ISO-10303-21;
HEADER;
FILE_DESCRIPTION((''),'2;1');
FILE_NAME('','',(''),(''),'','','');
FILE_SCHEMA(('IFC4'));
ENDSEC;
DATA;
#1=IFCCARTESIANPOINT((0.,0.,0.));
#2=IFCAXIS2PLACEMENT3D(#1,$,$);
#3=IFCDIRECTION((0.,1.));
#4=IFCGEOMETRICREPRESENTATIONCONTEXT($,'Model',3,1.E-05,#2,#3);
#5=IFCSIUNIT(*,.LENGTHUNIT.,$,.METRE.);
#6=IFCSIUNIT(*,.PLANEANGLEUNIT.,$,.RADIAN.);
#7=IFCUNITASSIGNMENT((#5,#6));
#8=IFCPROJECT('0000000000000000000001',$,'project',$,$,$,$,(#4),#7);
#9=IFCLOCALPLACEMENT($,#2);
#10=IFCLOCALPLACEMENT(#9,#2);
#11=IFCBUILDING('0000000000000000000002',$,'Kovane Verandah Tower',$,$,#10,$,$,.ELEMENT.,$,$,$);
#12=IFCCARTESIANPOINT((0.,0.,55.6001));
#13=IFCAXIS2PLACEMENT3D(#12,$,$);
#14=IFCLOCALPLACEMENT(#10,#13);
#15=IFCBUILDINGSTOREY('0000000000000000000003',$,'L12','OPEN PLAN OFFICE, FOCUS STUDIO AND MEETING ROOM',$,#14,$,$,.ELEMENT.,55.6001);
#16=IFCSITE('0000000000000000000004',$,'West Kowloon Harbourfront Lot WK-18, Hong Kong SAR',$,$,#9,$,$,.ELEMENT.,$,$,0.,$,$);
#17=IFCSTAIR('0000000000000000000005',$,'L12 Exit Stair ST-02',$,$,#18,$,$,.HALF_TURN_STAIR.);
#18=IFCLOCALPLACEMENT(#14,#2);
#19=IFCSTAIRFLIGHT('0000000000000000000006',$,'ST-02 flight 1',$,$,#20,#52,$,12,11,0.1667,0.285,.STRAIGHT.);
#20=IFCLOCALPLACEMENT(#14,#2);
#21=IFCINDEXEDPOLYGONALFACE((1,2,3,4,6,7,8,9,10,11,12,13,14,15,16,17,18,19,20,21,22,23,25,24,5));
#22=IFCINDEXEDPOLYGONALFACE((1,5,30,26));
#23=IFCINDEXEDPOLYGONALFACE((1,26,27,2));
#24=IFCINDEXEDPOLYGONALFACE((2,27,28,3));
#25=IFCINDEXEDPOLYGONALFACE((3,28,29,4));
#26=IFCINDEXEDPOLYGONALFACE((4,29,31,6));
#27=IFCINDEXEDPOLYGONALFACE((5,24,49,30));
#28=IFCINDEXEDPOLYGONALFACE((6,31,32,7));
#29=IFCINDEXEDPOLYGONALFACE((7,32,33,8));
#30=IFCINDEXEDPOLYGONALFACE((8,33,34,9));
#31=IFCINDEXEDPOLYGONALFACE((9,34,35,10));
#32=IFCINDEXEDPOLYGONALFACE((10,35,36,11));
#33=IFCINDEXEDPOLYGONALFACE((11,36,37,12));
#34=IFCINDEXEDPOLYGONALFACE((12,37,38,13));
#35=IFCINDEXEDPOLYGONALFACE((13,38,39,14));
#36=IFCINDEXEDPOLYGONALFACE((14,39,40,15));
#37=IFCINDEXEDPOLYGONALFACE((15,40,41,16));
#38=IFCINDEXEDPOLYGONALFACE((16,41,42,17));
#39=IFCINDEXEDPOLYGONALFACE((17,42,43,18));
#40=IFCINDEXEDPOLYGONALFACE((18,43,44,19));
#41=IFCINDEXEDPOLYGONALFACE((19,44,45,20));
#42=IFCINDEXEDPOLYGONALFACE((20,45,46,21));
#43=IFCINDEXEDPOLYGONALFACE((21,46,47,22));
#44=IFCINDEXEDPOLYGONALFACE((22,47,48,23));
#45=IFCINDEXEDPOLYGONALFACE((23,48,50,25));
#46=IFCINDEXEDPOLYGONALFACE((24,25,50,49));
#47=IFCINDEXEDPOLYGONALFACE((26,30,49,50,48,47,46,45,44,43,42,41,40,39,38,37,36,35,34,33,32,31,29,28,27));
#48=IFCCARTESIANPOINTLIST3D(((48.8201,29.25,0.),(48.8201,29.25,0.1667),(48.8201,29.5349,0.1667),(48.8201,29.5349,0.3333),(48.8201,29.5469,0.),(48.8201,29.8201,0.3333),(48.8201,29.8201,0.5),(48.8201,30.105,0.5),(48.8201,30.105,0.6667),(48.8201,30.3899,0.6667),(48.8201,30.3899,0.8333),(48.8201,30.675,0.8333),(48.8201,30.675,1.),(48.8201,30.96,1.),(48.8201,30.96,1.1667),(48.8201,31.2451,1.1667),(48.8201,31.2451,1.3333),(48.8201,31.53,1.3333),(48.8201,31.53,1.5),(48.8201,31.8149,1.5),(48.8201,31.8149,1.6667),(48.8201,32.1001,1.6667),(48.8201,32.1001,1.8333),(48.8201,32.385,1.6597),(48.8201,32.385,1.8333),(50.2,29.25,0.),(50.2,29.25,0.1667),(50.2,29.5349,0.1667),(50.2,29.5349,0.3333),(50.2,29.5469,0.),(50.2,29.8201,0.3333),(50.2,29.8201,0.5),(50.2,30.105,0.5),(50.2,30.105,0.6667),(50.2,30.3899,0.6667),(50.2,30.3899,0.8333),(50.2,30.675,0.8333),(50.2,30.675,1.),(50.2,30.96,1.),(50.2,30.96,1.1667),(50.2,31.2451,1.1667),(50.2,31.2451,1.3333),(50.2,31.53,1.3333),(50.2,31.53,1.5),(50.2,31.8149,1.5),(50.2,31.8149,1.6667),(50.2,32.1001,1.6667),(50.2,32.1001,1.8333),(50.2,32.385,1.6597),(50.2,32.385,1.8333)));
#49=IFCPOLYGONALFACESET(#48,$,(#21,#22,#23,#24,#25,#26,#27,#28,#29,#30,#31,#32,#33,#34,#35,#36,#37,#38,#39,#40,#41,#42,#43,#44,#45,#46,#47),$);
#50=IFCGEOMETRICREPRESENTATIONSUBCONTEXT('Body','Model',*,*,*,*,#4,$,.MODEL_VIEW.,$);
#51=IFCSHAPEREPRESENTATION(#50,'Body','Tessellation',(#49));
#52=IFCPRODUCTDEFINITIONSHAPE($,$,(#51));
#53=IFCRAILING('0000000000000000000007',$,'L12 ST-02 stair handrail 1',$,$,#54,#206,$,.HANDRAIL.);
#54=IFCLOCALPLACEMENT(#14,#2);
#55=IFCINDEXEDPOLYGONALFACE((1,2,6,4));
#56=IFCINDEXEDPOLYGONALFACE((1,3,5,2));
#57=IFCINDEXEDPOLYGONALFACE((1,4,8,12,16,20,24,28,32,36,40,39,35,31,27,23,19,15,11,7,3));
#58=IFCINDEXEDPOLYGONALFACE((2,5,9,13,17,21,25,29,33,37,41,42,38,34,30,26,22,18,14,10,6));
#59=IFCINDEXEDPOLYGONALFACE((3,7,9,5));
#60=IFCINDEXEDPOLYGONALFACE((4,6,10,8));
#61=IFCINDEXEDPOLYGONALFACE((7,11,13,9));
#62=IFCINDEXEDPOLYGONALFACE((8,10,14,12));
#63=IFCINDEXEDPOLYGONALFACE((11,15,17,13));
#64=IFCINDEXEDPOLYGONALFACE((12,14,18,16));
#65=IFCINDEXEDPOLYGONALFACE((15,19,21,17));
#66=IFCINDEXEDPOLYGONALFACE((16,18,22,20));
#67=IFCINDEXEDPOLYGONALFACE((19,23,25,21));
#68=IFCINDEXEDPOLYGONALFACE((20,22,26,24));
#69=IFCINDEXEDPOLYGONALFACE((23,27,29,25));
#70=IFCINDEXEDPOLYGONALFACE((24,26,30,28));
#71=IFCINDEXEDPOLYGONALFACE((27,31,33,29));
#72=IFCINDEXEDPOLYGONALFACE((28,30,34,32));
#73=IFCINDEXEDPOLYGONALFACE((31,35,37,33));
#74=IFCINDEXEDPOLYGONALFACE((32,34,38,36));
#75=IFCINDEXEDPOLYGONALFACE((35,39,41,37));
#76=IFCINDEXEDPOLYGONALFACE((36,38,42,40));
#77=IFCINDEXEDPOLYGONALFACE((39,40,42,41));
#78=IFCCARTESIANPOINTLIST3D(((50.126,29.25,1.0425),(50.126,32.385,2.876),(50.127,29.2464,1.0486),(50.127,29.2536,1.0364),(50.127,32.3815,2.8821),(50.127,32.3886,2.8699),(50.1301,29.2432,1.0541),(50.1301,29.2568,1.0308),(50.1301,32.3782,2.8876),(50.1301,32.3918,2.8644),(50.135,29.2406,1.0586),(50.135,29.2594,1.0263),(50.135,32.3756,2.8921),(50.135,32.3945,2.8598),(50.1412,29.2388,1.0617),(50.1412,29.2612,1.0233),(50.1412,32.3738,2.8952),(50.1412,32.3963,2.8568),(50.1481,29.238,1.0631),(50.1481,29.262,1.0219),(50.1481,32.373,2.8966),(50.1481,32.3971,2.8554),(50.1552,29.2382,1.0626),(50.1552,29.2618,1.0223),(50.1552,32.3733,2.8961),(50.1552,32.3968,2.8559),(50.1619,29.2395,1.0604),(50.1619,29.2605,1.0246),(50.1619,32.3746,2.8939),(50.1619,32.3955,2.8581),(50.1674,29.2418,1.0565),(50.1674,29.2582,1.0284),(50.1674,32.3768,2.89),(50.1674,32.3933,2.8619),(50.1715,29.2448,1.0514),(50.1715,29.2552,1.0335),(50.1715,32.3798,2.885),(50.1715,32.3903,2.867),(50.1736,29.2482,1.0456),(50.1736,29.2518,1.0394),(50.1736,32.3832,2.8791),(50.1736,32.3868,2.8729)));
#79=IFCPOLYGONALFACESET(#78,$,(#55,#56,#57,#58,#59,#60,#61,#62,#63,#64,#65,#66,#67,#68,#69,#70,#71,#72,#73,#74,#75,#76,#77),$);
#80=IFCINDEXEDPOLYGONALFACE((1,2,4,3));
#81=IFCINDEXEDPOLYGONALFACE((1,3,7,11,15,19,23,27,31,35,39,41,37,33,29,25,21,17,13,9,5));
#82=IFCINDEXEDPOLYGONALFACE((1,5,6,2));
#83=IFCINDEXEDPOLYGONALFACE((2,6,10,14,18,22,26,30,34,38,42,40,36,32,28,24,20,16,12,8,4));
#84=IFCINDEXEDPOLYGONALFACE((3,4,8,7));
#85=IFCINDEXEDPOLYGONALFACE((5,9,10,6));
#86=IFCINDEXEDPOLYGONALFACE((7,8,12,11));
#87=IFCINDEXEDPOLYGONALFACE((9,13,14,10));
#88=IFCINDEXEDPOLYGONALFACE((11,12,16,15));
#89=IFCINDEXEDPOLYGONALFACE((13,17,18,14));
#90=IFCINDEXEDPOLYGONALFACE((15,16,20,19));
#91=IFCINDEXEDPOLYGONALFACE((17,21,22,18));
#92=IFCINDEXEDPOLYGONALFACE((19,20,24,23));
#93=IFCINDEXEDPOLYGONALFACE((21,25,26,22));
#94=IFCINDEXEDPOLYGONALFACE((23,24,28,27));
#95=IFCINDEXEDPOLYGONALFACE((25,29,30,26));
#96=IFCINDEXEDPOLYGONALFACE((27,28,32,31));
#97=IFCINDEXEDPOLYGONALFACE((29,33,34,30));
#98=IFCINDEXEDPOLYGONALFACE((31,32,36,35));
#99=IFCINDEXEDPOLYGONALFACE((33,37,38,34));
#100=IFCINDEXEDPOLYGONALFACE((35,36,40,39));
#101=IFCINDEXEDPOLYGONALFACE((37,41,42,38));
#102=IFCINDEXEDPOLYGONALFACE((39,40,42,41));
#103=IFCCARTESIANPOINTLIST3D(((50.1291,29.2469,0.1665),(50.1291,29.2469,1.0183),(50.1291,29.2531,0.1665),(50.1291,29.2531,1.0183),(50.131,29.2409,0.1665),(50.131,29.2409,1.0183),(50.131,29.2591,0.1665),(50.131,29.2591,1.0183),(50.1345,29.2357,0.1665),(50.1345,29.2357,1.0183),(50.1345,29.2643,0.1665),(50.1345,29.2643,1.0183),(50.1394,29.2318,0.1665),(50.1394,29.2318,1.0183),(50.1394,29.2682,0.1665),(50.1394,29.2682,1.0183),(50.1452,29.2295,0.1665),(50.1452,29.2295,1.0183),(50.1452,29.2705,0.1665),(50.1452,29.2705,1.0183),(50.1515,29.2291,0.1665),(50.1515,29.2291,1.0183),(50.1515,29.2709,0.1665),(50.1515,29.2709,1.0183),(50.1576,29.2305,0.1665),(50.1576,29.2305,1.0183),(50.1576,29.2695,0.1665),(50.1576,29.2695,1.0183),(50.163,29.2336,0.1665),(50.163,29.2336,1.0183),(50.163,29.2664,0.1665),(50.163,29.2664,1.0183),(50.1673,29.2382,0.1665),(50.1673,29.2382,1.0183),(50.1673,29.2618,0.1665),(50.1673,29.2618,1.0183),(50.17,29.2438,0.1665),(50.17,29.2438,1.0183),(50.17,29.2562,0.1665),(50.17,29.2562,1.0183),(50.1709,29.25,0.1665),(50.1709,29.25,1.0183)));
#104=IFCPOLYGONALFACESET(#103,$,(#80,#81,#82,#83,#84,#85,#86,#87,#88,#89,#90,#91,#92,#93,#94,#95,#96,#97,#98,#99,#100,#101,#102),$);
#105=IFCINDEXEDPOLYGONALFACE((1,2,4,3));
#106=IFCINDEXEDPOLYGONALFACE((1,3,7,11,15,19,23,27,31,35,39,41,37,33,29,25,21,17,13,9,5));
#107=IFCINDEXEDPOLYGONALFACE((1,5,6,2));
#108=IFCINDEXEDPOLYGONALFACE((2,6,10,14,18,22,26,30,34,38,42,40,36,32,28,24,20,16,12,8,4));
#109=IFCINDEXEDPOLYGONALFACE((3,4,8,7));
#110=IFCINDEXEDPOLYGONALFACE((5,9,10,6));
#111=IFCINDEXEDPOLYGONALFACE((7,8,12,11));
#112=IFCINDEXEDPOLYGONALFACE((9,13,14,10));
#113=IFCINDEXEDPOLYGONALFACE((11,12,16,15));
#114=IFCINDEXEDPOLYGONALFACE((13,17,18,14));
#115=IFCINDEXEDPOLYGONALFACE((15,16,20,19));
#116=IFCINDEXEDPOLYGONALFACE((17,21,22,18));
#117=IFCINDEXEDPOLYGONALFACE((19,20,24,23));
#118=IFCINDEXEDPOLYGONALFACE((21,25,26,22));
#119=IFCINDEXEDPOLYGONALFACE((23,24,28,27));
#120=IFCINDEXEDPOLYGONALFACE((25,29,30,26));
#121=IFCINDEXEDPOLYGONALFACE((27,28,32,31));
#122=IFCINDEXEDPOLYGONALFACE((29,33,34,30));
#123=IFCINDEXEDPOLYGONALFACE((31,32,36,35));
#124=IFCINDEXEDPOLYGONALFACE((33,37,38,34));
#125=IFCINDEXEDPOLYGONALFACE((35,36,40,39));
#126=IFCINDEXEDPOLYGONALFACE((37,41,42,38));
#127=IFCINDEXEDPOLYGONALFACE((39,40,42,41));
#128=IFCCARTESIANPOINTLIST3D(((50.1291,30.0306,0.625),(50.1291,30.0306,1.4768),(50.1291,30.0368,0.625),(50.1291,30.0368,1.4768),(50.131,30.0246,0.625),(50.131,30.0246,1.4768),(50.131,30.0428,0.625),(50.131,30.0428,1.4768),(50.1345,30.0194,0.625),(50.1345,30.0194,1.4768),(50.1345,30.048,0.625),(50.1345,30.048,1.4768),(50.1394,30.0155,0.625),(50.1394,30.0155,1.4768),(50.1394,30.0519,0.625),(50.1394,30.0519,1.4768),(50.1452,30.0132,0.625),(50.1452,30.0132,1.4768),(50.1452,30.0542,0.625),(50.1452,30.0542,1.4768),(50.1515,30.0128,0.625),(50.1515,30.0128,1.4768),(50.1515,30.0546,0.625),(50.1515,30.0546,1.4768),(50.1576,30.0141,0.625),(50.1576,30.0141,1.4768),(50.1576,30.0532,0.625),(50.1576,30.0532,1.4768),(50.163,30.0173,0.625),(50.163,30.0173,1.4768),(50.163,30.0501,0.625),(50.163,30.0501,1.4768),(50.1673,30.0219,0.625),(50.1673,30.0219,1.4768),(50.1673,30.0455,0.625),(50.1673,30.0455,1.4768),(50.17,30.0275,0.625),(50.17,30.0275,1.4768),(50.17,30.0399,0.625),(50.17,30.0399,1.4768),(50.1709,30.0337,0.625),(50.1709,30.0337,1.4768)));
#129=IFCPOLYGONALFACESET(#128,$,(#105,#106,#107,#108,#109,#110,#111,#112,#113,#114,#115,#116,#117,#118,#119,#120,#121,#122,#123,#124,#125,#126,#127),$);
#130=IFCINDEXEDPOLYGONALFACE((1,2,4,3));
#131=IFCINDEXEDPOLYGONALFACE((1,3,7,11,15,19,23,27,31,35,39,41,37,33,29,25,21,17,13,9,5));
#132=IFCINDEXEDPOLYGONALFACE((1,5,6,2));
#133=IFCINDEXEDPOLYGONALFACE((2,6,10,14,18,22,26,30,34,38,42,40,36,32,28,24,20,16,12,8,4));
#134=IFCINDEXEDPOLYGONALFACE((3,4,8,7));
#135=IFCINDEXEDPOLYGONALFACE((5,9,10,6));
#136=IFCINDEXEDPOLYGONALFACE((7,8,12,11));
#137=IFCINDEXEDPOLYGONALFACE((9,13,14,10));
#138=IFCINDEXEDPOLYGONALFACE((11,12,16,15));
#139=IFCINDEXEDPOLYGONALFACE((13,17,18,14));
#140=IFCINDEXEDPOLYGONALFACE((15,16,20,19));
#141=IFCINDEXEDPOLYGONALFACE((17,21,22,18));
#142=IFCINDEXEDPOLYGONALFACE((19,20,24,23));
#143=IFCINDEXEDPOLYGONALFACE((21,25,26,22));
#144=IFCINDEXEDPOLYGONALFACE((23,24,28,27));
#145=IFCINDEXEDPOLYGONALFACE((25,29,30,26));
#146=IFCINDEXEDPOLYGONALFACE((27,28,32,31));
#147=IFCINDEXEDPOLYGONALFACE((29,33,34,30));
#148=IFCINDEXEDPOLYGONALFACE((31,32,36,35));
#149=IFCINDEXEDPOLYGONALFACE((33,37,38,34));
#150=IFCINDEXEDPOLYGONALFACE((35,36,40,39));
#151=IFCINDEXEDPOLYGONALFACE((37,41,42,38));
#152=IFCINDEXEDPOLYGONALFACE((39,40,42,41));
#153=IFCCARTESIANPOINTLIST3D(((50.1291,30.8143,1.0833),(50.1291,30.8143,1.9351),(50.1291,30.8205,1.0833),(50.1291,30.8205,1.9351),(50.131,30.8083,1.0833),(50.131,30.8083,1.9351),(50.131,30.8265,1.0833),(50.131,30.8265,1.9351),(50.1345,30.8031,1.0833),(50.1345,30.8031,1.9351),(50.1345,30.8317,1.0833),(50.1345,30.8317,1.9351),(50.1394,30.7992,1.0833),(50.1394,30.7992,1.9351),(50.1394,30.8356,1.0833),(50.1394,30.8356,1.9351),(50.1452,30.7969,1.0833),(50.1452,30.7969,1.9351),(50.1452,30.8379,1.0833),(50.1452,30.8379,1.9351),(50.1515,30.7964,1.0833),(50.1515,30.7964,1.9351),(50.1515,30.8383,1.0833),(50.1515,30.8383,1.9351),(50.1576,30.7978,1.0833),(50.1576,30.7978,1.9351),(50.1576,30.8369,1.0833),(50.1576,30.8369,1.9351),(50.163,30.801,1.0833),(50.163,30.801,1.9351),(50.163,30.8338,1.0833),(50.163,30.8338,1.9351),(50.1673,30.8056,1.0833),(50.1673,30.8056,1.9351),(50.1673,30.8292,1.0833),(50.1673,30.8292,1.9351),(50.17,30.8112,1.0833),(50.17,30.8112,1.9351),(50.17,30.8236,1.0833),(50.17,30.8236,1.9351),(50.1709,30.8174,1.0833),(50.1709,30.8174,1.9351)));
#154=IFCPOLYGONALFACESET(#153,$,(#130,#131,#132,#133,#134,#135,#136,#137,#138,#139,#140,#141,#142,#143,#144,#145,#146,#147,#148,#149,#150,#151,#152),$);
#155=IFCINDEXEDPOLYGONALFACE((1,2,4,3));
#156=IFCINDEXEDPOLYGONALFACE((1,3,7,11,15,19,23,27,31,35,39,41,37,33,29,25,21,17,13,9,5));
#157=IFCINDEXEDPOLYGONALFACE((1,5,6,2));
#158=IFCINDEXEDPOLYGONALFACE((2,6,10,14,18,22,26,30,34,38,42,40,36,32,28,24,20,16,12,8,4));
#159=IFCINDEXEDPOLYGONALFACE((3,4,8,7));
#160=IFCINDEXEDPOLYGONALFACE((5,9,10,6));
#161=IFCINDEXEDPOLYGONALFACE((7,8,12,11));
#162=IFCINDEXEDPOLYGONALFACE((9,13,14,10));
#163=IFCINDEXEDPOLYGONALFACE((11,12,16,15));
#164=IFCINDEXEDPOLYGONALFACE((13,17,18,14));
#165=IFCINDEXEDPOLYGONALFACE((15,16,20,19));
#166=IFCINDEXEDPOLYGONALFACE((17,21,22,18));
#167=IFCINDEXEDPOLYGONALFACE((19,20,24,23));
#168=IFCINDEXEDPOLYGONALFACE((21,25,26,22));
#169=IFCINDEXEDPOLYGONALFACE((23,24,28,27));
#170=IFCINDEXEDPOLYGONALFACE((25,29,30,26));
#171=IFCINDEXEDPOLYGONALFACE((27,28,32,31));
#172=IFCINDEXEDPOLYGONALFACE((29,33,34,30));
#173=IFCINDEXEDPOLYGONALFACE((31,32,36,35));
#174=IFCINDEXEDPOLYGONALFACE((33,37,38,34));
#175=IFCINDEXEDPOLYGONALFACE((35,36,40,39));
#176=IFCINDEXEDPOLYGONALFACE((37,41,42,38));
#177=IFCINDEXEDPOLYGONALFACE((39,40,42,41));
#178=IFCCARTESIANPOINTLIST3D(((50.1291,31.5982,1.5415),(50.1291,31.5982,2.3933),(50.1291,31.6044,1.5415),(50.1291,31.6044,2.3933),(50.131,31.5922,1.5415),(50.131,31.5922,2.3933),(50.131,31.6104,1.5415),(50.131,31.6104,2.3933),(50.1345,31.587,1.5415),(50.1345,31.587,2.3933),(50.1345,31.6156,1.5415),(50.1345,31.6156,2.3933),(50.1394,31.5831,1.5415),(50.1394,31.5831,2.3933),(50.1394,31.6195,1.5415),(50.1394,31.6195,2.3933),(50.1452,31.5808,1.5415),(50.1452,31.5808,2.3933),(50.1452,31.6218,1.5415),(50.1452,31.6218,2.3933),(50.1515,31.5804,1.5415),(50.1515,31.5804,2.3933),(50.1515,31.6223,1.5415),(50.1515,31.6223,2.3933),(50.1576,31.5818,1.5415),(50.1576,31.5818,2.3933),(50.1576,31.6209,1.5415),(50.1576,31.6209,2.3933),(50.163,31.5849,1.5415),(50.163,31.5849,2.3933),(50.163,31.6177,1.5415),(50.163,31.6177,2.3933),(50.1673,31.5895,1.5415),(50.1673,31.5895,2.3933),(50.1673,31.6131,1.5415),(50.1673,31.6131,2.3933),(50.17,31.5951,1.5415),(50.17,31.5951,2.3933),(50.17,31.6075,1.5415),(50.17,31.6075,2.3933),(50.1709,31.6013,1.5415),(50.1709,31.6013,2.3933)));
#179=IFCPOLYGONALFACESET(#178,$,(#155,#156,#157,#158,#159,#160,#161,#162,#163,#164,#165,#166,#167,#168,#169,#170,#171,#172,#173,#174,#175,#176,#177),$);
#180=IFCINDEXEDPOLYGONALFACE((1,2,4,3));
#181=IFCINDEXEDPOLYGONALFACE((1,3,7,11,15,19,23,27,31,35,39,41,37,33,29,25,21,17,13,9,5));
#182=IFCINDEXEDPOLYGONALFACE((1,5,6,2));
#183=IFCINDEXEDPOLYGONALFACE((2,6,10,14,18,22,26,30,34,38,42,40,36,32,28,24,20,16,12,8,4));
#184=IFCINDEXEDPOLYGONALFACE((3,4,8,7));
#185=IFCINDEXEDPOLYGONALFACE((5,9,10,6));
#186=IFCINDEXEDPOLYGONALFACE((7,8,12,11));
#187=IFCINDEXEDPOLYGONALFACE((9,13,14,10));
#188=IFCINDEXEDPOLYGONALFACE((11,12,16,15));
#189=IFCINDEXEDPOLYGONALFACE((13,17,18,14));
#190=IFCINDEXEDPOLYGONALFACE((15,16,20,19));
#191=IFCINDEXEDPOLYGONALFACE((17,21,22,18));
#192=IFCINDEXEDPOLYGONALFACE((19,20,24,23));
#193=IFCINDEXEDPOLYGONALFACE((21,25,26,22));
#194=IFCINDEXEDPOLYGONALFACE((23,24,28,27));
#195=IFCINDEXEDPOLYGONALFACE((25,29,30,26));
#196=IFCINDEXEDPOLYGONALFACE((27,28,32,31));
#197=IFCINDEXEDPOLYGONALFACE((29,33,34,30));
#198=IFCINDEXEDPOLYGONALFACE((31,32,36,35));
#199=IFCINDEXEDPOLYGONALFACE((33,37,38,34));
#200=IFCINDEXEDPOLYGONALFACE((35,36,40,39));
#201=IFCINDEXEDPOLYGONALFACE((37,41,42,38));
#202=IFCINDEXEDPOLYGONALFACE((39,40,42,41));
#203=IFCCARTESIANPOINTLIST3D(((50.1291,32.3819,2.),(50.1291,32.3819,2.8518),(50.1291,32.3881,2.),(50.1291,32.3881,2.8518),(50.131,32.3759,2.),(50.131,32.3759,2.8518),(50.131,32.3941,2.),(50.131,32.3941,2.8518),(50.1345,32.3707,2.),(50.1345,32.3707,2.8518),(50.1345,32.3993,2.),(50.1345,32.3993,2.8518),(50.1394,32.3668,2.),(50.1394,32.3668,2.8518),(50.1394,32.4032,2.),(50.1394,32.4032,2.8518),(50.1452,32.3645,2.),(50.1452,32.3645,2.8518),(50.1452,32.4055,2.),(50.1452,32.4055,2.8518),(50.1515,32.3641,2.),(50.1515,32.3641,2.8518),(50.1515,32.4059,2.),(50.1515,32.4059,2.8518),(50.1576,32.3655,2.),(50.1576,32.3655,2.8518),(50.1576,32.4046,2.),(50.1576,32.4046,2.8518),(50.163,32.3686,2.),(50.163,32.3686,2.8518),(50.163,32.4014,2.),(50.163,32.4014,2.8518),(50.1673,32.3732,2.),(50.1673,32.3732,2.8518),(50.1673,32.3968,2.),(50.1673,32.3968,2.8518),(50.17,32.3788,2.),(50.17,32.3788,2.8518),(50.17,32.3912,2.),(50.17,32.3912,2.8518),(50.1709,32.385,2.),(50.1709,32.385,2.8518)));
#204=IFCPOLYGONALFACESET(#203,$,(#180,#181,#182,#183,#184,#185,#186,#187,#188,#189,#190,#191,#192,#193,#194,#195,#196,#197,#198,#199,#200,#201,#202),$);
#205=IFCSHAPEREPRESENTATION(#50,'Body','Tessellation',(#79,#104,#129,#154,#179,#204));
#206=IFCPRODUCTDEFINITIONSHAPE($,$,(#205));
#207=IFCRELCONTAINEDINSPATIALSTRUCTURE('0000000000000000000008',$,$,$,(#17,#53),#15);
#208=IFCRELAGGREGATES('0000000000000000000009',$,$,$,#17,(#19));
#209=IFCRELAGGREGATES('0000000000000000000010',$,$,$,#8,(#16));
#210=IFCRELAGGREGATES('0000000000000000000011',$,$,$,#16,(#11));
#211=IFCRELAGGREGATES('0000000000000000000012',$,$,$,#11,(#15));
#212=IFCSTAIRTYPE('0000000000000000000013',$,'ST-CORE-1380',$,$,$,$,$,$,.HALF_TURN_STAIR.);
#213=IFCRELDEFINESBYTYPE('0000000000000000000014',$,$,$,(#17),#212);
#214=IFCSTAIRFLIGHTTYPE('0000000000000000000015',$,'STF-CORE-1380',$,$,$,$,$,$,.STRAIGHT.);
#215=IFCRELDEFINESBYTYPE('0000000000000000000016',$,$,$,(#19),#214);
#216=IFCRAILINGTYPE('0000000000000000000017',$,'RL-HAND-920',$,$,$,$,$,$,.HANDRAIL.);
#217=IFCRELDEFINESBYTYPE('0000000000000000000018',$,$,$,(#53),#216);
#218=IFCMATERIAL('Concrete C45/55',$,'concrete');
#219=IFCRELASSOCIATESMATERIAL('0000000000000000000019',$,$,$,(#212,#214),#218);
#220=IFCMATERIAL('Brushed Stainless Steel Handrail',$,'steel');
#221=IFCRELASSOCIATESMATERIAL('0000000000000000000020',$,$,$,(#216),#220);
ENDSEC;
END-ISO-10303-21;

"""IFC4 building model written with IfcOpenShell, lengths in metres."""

from ifc_helpers import new_model, si_unit, direction, frame, origin, origin_2d, place, context, subcontext, project, spatial, polyline, circle, outline, extrude, material, type_object, element, aggregate, save


model = new_model("IFC4")

# Units and contexts
model_context = context("Model", 3, precision=1e-05, world=origin(), true_north=direction((0.0, 1.0)))
body_context = subcontext(model_context, "Body", "Model", "MODEL_VIEW")
ifc_project = project(units=[si_unit("LENGTHUNIT", "METRE"), si_unit("PLANEANGLEUNIT", "RADIAN")], contexts=[model_context])

# Site, building, storey
site_placement = place(None, origin())
site = spatial("IfcSite", under=ifc_project, at=site_placement, Name="West Kowloon Harbourfront Lot WK-18, Hong Kong SAR", CompositionType="ELEMENT", RefElevation=0.0)
building_placement = place(site_placement, origin())
building = spatial("IfcBuilding", under=site, at=building_placement, Name="Kovane Verandah Tower", CompositionType="ELEMENT")
storey_placement = place(building_placement, frame((0.0, 0.0, 55.6001)))
storey = spatial("IfcBuildingStorey", under=building, at=storey_placement, Name="L12", Description="OPEN PLAN OFFICE, FOCUS STUDIO AND MEETING ROOM", CompositionType="ELEMENT", Elevation=55.6001)

# Shared definitions
ifc_material_1 = material(Name="Concrete C45/55", Category="concrete")

# Stair, stair flight
stair_type = type_object("IfcStairType", Name="ST-CORE-1380", PredefinedType="HALF_TURN_STAIR", material=ifc_material_1)
stair_placement = place(storey_placement, origin())
stair = element("IfcStair", 1, at=stair_placement, inside=storey, type_object=stair_type, Name="L12 Exit Stair ST-02", PredefinedType="HALF_TURN_STAIR")
stair_flight_type = type_object("IfcStairFlightType", Name="STF-CORE-1380", PredefinedType="STRAIGHT", material=ifc_material_1)
stair_flight_placement = place(storey_placement, frame((49.51, 29.25, 0.0), z_axis=(0.0, 0.0, 1.0), x_axis=(0.0, 1.0, 0.0)))
stair_flight = element("IfcStairFlight", 2, at=stair_flight_placement, type_object=stair_flight_type, Name="ST-02 flight 1", NumberOfRisers=12, NumberOfTreads=11, PredefinedType="STRAIGHT", RiserHeight=0.1667, TreadLength=0.285, context=body_context, shape_type="SweptSolid", body=[
    extrude(outline(polyline([(0.0, 0.0), (0.0, 0.1667), (0.2849, 0.1667), (0.2849, 0.3333), (0.5701, 0.3333), (0.5701, 0.5), (0.855, 0.5), (0.855, 0.6667), (1.1399, 0.6667), (1.1399, 0.8333), (1.425, 0.8333), (1.425, 1.0), (1.71, 1.0), (1.71, 1.1667), (1.9951, 1.1667), (1.9951, 1.3333), (2.28, 1.3333), (2.28, 1.5), (2.5649, 1.5), (2.5649, 1.6667), (2.8501, 1.6667), (2.8501, 1.8333), (3.135, 1.8333), (3.135, 2.0), (3.135, 1.6597), (0.2969, 0.0), (0.0, 0.0)])), frame((0.0, 0.6899, 0.0), z_axis=(0.0, -1.0, 0.0), x_axis=(1.0, 0.0, 0.0)), (0.0, 0.0, 1.0), 1.3799),
])
aggregate(stair, [stair_flight])

# Railing
ifc_material_2 = material(Name="Brushed Stainless Steel Handrail", Category="steel")
railing_type_1 = type_object("IfcRailingType", Name="RL-HAND-920", PredefinedType="HANDRAIL", material=ifc_material_2)
railing_1_placement = place(storey_placement, frame((50.1499, 29.25, 0.1665)))
element("IfcRailing", 3, at=railing_1_placement, inside=storey, type_object=railing_type_1, Name="L12 ST-02 stair handrail 1", PredefinedType="HANDRAIL", context=body_context, shape_type="SweptSolid", body=[
    extrude(circle(Radius=0.0239, at=origin_2d()), frame((0.0, 0.0, 0.876), z_axis=(0.0, 0.86321, 0.504845), x_axis=(-1.0, 0.0, 0.0)), (0.0, 0.0, 1.0), 3.6318),
    extrude(circle(Radius=0.021, at=origin_2d()), origin(), (0.0, 0.0, 1.0), 0.8518),
    extrude(circle(Radius=0.021, at=origin_2d()), frame((0.0, 0.7837, 0.4585)), (0.0, 0.0, 1.0), 0.8518),
    extrude(circle(Radius=0.021, at=origin_2d()), frame((0.0, 1.5674, 0.9167)), (0.0, 0.0, 1.0), 0.8518),
    extrude(circle(Radius=0.021, at=origin_2d()), frame((0.0, 2.3513, 1.375)), (0.0, 0.0, 1.0), 0.8518),
    extrude(circle(Radius=0.021, at=origin_2d()), frame((0.0, 3.135, 1.8335)), (0.0, 0.0, 1.0), 0.8518),
])

save(model, "model.ifc")
